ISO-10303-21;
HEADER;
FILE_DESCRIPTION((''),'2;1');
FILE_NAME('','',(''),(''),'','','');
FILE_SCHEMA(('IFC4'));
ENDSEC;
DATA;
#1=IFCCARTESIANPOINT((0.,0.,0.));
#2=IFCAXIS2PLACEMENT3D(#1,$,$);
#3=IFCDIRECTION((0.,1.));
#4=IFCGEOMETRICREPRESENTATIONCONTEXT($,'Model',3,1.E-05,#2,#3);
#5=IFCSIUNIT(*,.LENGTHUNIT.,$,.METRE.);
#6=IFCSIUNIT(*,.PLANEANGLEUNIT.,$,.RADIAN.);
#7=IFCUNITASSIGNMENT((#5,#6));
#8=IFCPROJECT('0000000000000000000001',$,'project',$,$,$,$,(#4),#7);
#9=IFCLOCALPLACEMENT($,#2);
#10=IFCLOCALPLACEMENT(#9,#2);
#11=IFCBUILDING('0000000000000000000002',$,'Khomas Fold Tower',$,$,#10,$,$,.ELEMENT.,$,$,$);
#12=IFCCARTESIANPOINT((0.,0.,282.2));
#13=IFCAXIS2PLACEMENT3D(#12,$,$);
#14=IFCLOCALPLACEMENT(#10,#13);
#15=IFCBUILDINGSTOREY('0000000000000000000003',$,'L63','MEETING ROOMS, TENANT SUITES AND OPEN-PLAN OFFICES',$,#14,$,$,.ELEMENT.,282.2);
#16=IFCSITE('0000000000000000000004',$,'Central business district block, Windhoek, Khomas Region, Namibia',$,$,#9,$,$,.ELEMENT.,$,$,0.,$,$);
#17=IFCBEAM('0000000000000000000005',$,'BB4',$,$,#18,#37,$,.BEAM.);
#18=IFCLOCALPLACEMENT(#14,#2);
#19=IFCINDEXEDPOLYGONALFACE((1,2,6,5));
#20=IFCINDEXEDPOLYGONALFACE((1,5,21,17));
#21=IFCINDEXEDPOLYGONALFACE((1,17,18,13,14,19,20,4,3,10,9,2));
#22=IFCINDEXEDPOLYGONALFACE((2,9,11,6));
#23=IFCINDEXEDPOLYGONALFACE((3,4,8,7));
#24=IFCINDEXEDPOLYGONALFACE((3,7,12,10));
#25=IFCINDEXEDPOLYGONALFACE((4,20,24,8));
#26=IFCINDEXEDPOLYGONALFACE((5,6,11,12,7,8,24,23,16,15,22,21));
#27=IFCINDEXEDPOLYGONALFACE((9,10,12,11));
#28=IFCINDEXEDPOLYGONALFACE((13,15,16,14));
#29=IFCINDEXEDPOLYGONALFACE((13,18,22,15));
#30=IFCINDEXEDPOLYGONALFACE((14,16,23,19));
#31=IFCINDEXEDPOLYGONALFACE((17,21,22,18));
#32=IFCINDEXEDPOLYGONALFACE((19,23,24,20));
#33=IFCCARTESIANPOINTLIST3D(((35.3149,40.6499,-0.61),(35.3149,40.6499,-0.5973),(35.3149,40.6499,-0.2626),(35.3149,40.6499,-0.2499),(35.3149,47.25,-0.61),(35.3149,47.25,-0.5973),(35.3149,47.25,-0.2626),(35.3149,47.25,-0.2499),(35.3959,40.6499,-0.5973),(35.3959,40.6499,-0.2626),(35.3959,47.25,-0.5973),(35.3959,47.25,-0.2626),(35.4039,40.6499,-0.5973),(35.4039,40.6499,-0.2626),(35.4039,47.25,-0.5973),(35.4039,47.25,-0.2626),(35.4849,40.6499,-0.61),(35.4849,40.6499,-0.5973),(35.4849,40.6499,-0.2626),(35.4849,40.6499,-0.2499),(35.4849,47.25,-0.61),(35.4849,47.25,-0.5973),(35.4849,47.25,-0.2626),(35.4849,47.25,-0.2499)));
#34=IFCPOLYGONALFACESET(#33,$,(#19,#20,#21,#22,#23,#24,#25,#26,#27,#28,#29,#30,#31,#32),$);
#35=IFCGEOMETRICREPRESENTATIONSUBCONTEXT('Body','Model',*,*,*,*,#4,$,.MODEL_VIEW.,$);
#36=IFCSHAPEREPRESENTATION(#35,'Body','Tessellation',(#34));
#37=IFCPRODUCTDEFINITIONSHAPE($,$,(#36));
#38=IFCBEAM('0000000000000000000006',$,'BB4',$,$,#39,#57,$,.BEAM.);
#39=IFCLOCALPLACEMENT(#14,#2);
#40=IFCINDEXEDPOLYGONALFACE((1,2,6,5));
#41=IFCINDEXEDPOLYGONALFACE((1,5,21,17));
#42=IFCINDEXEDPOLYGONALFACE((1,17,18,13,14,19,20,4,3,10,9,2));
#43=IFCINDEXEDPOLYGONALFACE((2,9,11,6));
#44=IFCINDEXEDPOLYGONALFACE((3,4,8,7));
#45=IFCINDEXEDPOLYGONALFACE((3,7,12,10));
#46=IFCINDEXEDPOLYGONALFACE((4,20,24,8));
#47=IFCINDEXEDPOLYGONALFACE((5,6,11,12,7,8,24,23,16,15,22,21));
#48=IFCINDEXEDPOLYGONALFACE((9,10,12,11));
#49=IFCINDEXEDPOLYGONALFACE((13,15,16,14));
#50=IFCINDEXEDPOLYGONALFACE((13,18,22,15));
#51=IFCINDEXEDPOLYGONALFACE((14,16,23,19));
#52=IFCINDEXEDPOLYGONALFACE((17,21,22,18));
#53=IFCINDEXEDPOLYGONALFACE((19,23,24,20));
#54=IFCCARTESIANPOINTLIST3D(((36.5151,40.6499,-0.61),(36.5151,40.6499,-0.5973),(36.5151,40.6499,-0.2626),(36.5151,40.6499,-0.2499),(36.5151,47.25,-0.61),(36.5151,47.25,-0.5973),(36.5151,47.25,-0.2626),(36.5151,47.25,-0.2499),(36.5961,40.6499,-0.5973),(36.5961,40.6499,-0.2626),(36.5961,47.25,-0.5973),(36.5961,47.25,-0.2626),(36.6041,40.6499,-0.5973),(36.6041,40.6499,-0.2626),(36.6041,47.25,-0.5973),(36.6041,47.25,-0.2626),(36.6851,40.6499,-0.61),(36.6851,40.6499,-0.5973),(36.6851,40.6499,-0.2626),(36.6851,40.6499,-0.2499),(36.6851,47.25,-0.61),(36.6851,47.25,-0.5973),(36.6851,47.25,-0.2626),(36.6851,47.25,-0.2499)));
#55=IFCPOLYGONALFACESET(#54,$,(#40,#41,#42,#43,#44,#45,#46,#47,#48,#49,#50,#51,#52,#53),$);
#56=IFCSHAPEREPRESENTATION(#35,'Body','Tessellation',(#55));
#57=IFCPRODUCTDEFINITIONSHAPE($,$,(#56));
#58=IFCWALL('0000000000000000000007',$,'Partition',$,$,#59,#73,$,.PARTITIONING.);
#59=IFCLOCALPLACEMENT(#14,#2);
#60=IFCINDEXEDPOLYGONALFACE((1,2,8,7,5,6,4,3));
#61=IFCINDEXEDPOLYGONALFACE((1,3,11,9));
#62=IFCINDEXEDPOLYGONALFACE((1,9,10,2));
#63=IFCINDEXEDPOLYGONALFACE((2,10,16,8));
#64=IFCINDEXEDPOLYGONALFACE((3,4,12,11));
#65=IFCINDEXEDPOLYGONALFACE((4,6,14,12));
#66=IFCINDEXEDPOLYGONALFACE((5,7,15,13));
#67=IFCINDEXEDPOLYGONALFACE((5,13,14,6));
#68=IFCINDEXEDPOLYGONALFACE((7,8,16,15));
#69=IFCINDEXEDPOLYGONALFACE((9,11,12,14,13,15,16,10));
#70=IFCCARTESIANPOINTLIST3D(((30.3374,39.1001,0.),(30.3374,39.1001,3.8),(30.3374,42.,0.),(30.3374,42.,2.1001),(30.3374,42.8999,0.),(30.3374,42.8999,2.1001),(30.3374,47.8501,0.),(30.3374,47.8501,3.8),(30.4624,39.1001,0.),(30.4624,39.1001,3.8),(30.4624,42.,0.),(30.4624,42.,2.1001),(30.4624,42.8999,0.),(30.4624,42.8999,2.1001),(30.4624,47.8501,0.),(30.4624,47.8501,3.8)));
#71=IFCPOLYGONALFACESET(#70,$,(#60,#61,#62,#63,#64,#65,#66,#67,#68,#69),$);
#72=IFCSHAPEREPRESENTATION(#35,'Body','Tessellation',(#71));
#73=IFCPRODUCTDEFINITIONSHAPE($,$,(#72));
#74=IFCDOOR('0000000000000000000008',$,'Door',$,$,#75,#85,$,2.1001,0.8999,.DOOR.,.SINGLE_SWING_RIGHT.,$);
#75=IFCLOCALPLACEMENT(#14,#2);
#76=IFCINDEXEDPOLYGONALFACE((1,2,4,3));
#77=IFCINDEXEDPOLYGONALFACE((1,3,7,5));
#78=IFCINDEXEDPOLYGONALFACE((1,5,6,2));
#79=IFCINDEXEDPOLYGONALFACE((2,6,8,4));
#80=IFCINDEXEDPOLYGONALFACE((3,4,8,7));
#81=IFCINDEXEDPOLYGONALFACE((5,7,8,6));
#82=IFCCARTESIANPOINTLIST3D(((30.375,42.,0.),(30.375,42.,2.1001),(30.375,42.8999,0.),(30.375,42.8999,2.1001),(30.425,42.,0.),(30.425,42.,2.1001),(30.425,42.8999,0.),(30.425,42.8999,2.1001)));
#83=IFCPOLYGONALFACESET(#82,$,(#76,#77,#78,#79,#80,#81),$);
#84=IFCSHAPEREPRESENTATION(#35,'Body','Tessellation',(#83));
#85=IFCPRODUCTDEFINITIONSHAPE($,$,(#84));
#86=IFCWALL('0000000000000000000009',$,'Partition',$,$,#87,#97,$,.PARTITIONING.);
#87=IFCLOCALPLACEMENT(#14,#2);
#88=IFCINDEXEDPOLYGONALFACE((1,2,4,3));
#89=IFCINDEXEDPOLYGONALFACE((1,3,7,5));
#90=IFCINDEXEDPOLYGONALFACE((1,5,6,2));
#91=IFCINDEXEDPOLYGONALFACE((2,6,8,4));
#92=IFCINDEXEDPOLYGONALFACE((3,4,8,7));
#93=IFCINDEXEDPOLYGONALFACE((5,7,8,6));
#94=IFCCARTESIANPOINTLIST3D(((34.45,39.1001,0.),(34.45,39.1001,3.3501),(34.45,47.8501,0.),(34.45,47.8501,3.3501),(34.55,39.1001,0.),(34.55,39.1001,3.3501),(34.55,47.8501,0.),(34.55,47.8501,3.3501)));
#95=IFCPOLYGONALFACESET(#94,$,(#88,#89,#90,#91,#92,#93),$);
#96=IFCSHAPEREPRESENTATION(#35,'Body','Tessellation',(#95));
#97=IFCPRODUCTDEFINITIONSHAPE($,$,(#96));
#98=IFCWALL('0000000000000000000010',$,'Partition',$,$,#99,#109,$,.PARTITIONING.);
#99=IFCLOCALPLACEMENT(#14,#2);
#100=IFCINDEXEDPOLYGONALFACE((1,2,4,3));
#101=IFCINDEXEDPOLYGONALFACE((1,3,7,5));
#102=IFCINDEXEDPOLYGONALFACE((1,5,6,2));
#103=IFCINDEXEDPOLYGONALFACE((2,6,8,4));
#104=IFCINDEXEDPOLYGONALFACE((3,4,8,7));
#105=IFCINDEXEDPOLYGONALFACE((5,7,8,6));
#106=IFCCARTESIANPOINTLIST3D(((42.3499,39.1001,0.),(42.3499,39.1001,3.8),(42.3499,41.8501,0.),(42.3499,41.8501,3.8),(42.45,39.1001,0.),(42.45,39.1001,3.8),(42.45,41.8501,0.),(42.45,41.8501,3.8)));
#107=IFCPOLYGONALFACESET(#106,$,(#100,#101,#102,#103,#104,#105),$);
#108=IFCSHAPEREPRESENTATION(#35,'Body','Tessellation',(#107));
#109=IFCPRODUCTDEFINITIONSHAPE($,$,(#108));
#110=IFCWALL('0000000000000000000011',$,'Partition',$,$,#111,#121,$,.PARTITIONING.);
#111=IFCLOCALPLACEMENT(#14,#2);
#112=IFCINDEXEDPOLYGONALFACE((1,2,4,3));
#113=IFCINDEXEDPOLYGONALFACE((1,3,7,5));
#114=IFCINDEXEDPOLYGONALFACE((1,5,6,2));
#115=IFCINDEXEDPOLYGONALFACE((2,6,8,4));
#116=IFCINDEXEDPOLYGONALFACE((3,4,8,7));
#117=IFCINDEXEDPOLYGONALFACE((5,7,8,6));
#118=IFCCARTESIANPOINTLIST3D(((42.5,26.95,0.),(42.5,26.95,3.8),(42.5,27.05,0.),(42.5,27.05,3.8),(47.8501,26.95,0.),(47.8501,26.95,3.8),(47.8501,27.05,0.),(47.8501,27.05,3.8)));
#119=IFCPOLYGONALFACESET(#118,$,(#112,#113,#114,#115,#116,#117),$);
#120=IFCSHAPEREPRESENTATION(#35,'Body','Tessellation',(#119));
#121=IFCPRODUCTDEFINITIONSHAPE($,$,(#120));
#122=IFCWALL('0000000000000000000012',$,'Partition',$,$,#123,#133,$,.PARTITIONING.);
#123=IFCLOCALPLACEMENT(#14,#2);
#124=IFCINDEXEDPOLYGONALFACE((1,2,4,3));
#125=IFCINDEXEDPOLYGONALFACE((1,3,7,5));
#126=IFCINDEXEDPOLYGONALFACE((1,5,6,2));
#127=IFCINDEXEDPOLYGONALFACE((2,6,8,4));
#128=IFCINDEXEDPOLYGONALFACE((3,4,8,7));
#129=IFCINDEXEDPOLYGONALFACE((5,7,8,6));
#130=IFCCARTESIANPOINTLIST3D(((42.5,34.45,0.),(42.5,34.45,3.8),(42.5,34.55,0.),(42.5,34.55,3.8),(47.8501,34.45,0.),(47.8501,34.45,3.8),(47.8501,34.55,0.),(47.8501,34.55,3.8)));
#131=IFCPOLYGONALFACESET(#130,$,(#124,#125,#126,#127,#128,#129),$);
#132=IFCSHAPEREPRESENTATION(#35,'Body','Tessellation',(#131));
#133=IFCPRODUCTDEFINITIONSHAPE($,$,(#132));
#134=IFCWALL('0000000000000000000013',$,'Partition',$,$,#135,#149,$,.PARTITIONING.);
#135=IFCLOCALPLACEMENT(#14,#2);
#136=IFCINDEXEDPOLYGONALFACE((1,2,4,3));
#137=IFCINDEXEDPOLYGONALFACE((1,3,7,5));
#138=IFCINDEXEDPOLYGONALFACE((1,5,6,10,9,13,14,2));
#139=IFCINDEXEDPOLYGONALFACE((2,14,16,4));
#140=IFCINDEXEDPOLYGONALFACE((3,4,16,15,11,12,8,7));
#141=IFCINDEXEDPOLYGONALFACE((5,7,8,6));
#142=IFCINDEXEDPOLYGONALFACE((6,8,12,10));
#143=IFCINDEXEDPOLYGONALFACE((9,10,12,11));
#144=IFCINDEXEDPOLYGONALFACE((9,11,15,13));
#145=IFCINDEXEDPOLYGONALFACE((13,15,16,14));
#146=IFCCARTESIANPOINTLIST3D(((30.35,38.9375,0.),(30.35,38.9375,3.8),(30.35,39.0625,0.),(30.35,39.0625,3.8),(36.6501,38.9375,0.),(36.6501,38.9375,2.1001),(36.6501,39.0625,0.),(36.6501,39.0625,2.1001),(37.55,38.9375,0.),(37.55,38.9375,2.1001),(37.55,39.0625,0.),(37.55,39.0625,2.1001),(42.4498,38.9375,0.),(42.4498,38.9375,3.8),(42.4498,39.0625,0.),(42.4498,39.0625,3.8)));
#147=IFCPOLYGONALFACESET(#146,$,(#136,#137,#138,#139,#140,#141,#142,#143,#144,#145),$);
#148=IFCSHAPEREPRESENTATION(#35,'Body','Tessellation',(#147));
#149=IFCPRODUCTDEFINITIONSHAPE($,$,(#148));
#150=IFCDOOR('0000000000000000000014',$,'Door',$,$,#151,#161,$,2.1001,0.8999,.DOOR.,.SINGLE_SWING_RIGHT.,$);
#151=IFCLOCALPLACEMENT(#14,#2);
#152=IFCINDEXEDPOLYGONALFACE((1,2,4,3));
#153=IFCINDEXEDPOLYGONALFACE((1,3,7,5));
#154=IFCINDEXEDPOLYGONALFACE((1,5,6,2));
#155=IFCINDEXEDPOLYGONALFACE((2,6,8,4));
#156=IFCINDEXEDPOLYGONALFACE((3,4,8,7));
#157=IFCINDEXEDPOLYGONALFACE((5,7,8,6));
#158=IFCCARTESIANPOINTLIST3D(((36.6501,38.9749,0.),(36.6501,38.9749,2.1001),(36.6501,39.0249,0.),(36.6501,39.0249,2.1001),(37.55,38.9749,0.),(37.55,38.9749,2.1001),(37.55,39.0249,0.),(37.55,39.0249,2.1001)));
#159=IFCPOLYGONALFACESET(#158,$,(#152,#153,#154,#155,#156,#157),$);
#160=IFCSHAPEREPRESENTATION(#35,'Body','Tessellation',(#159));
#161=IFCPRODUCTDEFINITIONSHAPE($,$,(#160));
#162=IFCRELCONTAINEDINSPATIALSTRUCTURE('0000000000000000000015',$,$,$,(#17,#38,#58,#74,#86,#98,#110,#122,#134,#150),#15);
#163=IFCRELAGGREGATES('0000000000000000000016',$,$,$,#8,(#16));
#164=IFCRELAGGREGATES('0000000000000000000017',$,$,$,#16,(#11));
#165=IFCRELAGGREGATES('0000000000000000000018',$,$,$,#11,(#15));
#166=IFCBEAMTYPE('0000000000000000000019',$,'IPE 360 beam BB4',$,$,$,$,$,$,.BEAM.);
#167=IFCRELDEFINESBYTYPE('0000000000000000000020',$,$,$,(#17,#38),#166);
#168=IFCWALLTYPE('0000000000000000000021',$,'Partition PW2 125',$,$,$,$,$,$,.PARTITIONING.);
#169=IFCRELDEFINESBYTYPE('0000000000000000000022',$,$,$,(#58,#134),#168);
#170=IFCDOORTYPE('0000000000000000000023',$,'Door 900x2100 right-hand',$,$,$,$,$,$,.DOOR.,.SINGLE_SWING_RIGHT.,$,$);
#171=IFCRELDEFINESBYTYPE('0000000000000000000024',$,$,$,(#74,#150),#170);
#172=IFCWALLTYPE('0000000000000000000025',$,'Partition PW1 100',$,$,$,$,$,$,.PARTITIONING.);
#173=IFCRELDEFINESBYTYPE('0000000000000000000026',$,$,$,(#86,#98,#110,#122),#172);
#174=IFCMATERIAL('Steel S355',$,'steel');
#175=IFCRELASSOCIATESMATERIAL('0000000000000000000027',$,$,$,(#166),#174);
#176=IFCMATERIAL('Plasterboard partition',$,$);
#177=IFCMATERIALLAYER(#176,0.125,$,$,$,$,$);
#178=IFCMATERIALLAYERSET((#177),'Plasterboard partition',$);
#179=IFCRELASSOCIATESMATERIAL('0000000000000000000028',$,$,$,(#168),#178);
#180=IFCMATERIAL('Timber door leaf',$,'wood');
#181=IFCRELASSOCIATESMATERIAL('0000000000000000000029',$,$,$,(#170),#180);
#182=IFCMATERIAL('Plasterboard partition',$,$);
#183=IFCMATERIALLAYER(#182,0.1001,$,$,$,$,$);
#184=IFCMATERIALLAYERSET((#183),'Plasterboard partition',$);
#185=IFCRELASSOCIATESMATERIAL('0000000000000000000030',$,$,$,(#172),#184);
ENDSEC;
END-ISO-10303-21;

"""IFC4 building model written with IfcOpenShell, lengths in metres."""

from ifc_helpers import new_model, si_unit, direction, frame, frame_2d, origin, origin_2d, place, context, subcontext, project, spatial, rectangle, i_section, extrude, source, transform, mapped, material, layer, layer_set, material_profile, profile_set, type_object, element, fill, save


model = new_model("IFC4")

# Units and contexts
model_context = context("Model", 3, precision=1e-05, world=origin(), true_north=direction((0.0, 1.0)))
body_context = subcontext(model_context, "Body", "Model", "MODEL_VIEW")
ifc_project = project(units=[si_unit("LENGTHUNIT", "METRE"), si_unit("PLANEANGLEUNIT", "RADIAN")], contexts=[model_context])

# Site, building, storey
site_placement = place(None, origin())
site = spatial("IfcSite", under=ifc_project, at=site_placement, Name="Central business district block, Windhoek, Khomas Region, Namibia", CompositionType="ELEMENT", RefElevation=0.0)
building_placement = place(site_placement, origin())
building = spatial("IfcBuilding", under=site, at=building_placement, Name="Khomas Fold Tower", CompositionType="ELEMENT")
storey_placement = place(building_placement, frame((0.0, 0.0, 282.2)))
storey = spatial("IfcBuildingStorey", under=building, at=storey_placement, Name="L63", Description="MEETING ROOMS, TENANT SUITES AND OPEN-PLAN OFFICES", CompositionType="ELEMENT", Elevation=282.2)

# Beams
ifc_material_1 = material(Name="Steel S355", Category="steel")
ifc_material_profile_1 = material_profile(ifc_material_1, i_section(OverallWidth=0.1699, OverallDepth=0.3601, WebThickness=0.0081, FlangeThickness=0.0127, at=origin_2d()), Name="IPE 360")
ifc_profile_set_1 = profile_set([ifc_material_profile_1], Name="Steel S355")
beam_type_1 = type_object("IfcBeamType", Name="IPE 360 beam BB4", PredefinedType="BEAM", material=ifc_profile_set_1)
shared_shape_1 = source(origin(), body_context, "Body", "SweptSolid", [
    extrude(i_section(OverallWidth=0.1699, OverallDepth=0.3601, WebThickness=0.0081, FlangeThickness=0.0127, at=origin_2d()), origin(), (0.0, 0.0, 1.0), 6.6001),
])
for number, where, z_axis, x_axis, name in (
    (1, (35.3999, 40.6499, -0.4299), (0.0, 1.0, 0.0), (-1.0, 0.0, 0.0), "BB4"),
    (2, (36.6001, 40.6499, -0.4299), (0.0, 1.0, 0.0), (-1.0, 0.0, 0.0), "BB4"),
):
    element("IfcBeam", number, at=place(storey_placement, frame(where, z_axis=z_axis, x_axis=x_axis)), inside=storey, type_object=beam_type_1, Name=name, PredefinedType="BEAM", context=body_context, shape_type="MappedRepresentation", body=[
        mapped(shared_shape_1, transform((0.0, 0.0, 0.0))),
    ])

# Wall, opening, door
ifc_material_2 = material(Name="Plasterboard partition")
ifc_layer_1 = layer(ifc_material_2, 0.125)
ifc_layer_set_1 = layer_set([ifc_layer_1], Name="Plasterboard partition")
wall_type_1 = type_object("IfcWallType", Name="Partition PW2 125", PredefinedType="PARTITIONING", material=ifc_layer_set_1)
shared_shape_2 = source(origin(), body_context, "Body", "SweptSolid", [
    extrude(rectangle(XDim=8.75, YDim=0.125, at=frame_2d((4.375, 0.0))), origin(), (0.0, 0.0, 1.0), 3.8),
])
wall_1_placement = place(storey_placement, frame((30.3999, 39.1001, 0.0), z_axis=(0.0, 0.0, 1.0), x_axis=(0.0, 1.0, 0.0)))
wall_1 = element("IfcWall", 3, at=wall_1_placement, inside=storey, type_object=wall_type_1, Name="Partition", PredefinedType="PARTITIONING", context=body_context, shape_type="MappedRepresentation", body=[
    mapped(shared_shape_2, transform((0.0, 0.0, 0.0))),
])
shared_shape_3 = source(origin(), body_context, "Body", "SweptSolid", [
    extrude(rectangle(XDim=0.8999, YDim=2.1001, at=frame_2d((0.45, 1.05))), frame((0.0, 0.0725, 0.0), z_axis=(0.0, -1.0, 0.0), x_axis=(1.0, 0.0, 0.0)), (0.0, 0.0, 1.0), 0.145),
])
opening_1_placement = place(wall_1_placement, frame((2.8999, 0.0, 0.0)))
opening_1 = element("IfcOpeningElement", 4, at=opening_1_placement, cuts=wall_1, PredefinedType="OPENING", context=body_context, shape_type="MappedRepresentation", body=[
    mapped(shared_shape_3, transform((0.0, 0.0, 0.0))),
])
ifc_material_3 = material(Name="Timber door leaf", Category="wood")
door_type = type_object("IfcDoorType", Name="Door 900x2100 right-hand", OperationType="SINGLE_SWING_RIGHT", PredefinedType="DOOR", material=ifc_material_3)
shared_shape_4 = source(origin(), body_context, "Body", "SweptSolid", [
    extrude(rectangle(XDim=0.8999, YDim=2.1001, at=frame_2d((0.45, 1.05))), frame((0.0, 0.0249, 0.0), z_axis=(0.0, -1.0, 0.0), x_axis=(1.0, 0.0, 0.0)), (0.0, 0.0, 1.0), 0.05),
])
door_1_placement = place(opening_1_placement, origin())
door_1 = element("IfcDoor", 5, at=door_1_placement, inside=storey, type_object=door_type, Name="Door", OperationType="SINGLE_SWING_RIGHT", OverallHeight=2.1001, OverallWidth=0.8999, PredefinedType="DOOR", context=body_context, shape_type="MappedRepresentation", body=[
    mapped(shared_shape_4, transform((0.0, 0.0, 0.0))),
])
fill(opening_1, door_1)

# Walls
ifc_material_4 = material(Name="Plasterboard partition")
ifc_layer_2 = layer(ifc_material_4, 0.1001)
ifc_layer_set_2 = layer_set([ifc_layer_2], Name="Plasterboard partition")
wall_type_2 = type_object("IfcWallType", Name="Partition PW1 100", PredefinedType="PARTITIONING", material=ifc_layer_set_2)
shared_shape_5 = source(origin(), body_context, "Body", "SweptSolid", [
    extrude(rectangle(XDim=8.75, YDim=0.1001, at=frame_2d((4.375, 0.0))), origin(), (0.0, 0.0, 1.0), 3.3501),
])
wall_2_placement = place(storey_placement, frame((34.5, 39.1001, 0.0), z_axis=(0.0, 0.0, 1.0), x_axis=(0.0, 1.0, 0.0)))
element("IfcWall", 6, at=wall_2_placement, inside=storey, type_object=wall_type_2, Name="Partition", PredefinedType="PARTITIONING", context=body_context, shape_type="MappedRepresentation", body=[
    mapped(shared_shape_5, transform((0.0, 0.0, 0.0))),
])
shared_shape_6 = source(origin(), body_context, "Body", "SweptSolid", [
    extrude(rectangle(XDim=2.75, YDim=0.1001, at=frame_2d((1.375, 0.0))), origin(), (0.0, 0.0, 1.0), 3.8),
])
wall_3_placement = place(storey_placement, frame((42.3999, 39.1001, 0.0), z_axis=(0.0, 0.0, 1.0), x_axis=(0.0, 1.0, 0.0)))
element("IfcWall", 7, at=wall_3_placement, inside=storey, type_object=wall_type_2, Name="Partition", PredefinedType="PARTITIONING", context=body_context, shape_type="MappedRepresentation", body=[
    mapped(shared_shape_6, transform((0.0, 0.0, 0.0))),
])
shared_shape_7 = source(origin(), body_context, "Body", "SweptSolid", [
    extrude(rectangle(XDim=5.3501, YDim=0.1001, at=frame_2d((2.675, 0.0))), origin(), (0.0, 0.0, 1.0), 3.8),
])
for number, where, z_axis, x_axis, name in (
    (8, (42.5, 27.0, 0.0), (0.0, 0.0, 1.0), (1.0, 0.0, 0.0), "Partition"),
    (9, (42.5, 34.5, 0.0), (0.0, 0.0, 1.0), (1.0, 0.0, 0.0), "Partition"),
):
    element("IfcWall", number, at=place(storey_placement, frame(where, z_axis=z_axis, x_axis=x_axis)), inside=storey, type_object=wall_type_2, Name=name, PredefinedType="PARTITIONING", context=body_context, shape_type="MappedRepresentation", body=[
        mapped(shared_shape_7, transform((0.0, 0.0, 0.0))),
    ])

# Wall, opening, door
shared_shape_8 = source(origin(), body_context, "Body", "SweptSolid", [
    extrude(rectangle(XDim=12.0999, YDim=0.125, at=frame_2d((6.0498, 0.0))), origin(), (0.0, 0.0, 1.0), 3.8),
])
wall_4_placement = place(storey_placement, frame((30.3501, 39.0, 0.0), z_axis=(0.0, 0.0, 1.0), x_axis=(1.0, 0.0, 0.0)))
wall_4 = element("IfcWall", 10, at=wall_4_placement, inside=storey, type_object=wall_type_1, Name="Partition", PredefinedType="PARTITIONING", context=body_context, shape_type="MappedRepresentation", body=[
    mapped(shared_shape_8, transform((0.0, 0.0, 0.0))),
])
opening_2_placement = place(wall_4_placement, frame((6.3, 0.0, 0.0)))
opening_2 = element("IfcOpeningElement", 11, at=opening_2_placement, cuts=wall_4, PredefinedType="OPENING", context=body_context, shape_type="MappedRepresentation", body=[
    mapped(shared_shape_3, transform((0.0, 0.0, 0.0))),
])
door_2_placement = place(opening_2_placement, origin())
door_2 = element("IfcDoor", 12, at=door_2_placement, inside=storey, type_object=door_type, Name="Door", OperationType="SINGLE_SWING_RIGHT", OverallHeight=2.1001, OverallWidth=0.8999, PredefinedType="DOOR", context=body_context, shape_type="MappedRepresentation", body=[
    mapped(shared_shape_4, transform((0.0, 0.0, 0.0))),
])
fill(opening_2, door_2)

save(model, "model.ifc")
